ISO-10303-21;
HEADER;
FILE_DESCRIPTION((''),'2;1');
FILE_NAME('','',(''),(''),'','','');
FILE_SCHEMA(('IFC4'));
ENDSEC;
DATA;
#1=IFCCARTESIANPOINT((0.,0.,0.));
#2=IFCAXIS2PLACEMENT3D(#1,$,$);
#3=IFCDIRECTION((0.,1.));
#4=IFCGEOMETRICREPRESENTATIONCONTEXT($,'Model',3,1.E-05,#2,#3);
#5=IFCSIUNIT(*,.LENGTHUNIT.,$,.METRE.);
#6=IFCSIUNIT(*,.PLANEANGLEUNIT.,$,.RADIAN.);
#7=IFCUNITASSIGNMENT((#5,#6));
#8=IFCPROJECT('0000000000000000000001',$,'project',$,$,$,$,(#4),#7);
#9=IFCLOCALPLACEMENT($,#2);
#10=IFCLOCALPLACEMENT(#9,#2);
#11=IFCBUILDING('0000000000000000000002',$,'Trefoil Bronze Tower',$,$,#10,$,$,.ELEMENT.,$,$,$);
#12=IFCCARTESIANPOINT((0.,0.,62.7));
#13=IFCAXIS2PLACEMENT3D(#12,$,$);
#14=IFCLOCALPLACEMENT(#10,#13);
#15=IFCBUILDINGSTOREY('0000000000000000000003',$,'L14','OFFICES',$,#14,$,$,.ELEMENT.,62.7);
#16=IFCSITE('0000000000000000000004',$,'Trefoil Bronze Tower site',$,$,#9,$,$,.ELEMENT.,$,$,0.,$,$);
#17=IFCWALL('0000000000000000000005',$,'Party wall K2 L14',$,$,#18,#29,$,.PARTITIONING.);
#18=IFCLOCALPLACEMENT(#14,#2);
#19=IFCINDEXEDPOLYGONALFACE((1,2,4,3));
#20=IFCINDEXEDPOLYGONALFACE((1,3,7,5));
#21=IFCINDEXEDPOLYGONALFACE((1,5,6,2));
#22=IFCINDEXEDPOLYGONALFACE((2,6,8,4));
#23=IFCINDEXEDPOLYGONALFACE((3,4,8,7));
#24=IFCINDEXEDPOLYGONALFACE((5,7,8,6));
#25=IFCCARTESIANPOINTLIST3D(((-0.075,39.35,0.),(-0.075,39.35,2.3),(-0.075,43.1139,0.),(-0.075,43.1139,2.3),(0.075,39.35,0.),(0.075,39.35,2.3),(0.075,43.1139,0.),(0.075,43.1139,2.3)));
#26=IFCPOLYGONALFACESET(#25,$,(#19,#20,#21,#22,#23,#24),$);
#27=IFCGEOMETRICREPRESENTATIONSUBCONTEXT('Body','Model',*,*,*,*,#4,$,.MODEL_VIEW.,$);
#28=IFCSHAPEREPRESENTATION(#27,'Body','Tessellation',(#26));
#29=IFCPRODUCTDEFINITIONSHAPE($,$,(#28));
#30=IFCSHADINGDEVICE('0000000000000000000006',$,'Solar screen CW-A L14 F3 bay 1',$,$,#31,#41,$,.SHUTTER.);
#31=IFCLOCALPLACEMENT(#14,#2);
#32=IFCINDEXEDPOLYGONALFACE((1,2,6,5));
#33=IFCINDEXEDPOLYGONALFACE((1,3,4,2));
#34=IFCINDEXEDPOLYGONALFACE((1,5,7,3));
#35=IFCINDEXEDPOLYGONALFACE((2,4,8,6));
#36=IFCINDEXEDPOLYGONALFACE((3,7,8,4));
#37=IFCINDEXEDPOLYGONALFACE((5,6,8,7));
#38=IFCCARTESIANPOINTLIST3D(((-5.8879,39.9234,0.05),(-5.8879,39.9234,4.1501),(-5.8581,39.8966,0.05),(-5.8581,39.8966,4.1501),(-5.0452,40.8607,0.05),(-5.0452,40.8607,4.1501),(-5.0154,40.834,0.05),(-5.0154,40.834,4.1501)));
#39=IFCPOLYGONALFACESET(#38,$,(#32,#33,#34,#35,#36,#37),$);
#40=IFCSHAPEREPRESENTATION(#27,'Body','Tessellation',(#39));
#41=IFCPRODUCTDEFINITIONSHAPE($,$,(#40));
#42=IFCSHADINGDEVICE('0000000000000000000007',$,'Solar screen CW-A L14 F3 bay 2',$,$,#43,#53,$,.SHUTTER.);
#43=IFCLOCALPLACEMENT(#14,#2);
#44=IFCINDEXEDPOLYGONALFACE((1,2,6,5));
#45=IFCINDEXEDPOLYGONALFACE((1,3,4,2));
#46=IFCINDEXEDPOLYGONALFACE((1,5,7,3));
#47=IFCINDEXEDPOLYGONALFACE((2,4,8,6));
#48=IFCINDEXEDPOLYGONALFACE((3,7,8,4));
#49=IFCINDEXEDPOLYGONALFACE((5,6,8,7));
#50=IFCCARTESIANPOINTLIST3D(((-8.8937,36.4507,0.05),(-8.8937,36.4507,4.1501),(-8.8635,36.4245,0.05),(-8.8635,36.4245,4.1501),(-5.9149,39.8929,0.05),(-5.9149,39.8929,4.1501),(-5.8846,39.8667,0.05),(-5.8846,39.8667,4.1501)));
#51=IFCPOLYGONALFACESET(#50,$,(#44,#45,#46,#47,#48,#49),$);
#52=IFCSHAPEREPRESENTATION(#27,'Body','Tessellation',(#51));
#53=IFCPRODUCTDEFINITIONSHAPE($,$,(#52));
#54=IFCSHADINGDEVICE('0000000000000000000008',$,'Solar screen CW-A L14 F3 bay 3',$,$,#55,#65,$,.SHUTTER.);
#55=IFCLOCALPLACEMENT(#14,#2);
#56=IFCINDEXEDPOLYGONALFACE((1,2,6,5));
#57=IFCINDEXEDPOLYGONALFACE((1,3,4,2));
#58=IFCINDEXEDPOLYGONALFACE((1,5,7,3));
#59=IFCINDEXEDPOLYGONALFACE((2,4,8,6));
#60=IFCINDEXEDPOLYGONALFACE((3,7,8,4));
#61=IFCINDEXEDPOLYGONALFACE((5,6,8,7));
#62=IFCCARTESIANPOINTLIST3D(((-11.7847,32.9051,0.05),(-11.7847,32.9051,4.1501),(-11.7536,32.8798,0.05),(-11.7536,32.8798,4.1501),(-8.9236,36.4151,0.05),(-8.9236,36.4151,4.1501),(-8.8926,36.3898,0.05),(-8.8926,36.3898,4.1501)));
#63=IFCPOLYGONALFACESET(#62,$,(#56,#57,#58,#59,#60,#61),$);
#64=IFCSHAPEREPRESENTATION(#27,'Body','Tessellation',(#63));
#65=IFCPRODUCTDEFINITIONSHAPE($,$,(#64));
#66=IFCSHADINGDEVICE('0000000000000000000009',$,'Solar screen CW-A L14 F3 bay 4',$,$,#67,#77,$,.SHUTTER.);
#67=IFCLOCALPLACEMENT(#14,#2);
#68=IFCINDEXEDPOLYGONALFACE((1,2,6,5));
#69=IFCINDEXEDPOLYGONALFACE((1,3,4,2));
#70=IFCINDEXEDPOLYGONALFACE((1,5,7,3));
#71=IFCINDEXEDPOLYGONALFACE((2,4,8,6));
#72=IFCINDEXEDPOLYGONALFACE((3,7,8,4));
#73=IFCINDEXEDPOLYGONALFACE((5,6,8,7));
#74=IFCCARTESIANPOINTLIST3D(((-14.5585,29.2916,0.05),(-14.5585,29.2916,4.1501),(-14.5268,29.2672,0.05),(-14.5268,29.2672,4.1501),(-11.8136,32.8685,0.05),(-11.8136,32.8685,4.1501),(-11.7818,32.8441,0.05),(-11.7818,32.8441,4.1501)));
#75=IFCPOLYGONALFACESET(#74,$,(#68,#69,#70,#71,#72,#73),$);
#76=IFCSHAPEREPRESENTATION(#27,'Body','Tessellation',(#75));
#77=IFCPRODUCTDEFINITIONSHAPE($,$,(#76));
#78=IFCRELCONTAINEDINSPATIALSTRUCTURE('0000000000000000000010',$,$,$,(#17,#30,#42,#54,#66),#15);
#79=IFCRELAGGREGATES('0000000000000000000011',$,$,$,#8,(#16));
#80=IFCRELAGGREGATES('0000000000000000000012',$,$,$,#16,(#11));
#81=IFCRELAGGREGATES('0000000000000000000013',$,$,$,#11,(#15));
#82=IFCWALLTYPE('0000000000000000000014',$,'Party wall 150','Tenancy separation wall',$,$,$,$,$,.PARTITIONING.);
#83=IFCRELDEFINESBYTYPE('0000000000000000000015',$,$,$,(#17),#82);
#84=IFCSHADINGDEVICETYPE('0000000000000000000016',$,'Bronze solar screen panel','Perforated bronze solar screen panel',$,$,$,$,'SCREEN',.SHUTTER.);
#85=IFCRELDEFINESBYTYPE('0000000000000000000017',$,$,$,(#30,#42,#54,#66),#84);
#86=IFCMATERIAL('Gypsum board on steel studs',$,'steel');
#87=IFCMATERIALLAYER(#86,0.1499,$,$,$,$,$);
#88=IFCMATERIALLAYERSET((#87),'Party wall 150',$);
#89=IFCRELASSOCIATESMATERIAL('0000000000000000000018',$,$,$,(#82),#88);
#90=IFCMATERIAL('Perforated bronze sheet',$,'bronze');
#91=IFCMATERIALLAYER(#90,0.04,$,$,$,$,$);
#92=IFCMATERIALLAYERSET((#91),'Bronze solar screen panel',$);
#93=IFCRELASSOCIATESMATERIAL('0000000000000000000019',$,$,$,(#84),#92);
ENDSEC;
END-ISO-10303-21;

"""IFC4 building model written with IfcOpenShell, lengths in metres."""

from ifc_helpers import new_model, si_unit, direction, frame, frame_2d, origin, origin_2d, place, context, subcontext, project, spatial, rectangle, extrude, material, layer, layer_set, type_object, element, save


model = new_model("IFC4")

# Units and contexts
model_context = context("Model", 3, precision=1e-05, world=origin(), true_north=direction((0.0, 1.0)))
body_context = subcontext(model_context, "Body", "Model", "MODEL_VIEW")
ifc_project = project(units=[si_unit("LENGTHUNIT", "METRE"), si_unit("PLANEANGLEUNIT", "RADIAN")], contexts=[model_context])

# Site, building, storey
site_placement = place(None, origin())
site = spatial("IfcSite", under=ifc_project, at=site_placement, Name="Trefoil Bronze Tower site", CompositionType="ELEMENT", RefElevation=0.0)
building_placement = place(site_placement, origin())
building = spatial("IfcBuilding", under=site, at=building_placement, Name="Trefoil Bronze Tower", CompositionType="ELEMENT")
storey_placement = place(building_placement, frame((0.0, 0.0, 62.7)))
storey = spatial("IfcBuildingStorey", under=building, at=storey_placement, Name="L14", Description="OFFICES", CompositionType="ELEMENT", Elevation=62.7)

# Wall
ifc_material_1 = material(Name="Gypsum board on steel studs", Category="steel")
ifc_layer_1 = layer(ifc_material_1, 0.1499)
ifc_layer_set_1 = layer_set([ifc_layer_1], Name="Party wall 150")
wall_type = type_object("IfcWallType", Name="Party wall 150", Description="Tenancy separation wall", PredefinedType="PARTITIONING", material=ifc_layer_set_1)
wall_placement = place(storey_placement, frame((0.0, 39.3501, 0.0), z_axis=(0.0, 0.0, 1.0), x_axis=(0.0, 1.0, 0.0)))
element("IfcWall", 1, at=wall_placement, inside=storey, type_object=wall_type, Name="Party wall K2 L14", PredefinedType="PARTITIONING", context=body_context, shape_type="SweptSolid", body=[
    extrude(rectangle(XDim=3.7639, YDim=0.1499, at=frame_2d((1.8818, 0.0))), origin(), (0.0, 0.0, 1.0), 2.3),
])

# Shading devices
ifc_material_2 = material(Name="Perforated bronze sheet", Category="bronze")
ifc_layer_2 = layer(ifc_material_2, 0.04)
ifc_layer_set_2 = layer_set([ifc_layer_2], Name="Bronze solar screen panel")
shading_device_type = type_object("IfcShadingDeviceType", Name="Bronze solar screen panel", Description="Perforated bronze solar screen panel", ElementType="SCREEN", PredefinedType="SHUTTER", material=ifc_layer_set_2)
shading_device_1_placement = place(storey_placement, frame((-5.4517, 40.3787, 0.05), z_axis=(0.0, 0.0, 1.0), x_axis=(-0.668575, -0.743645, 0.0)))
element("IfcShadingDevice", 2, at=shading_device_1_placement, inside=storey, type_object=shading_device_type, Name="Solar screen CW-A L14 F3 bay 1", PredefinedType="SHUTTER", context=body_context, shape_type="SweptSolid", body=[
    extrude(rectangle(XDim=1.2605, YDim=0.04, at=origin_2d()), origin(), (0.0, 0.0, 1.0), 4.1001),
])
shading_device_2_placement = place(storey_placement, frame((-7.3892, 38.1587, 0.05), z_axis=(0.0, 0.0, 1.0), x_axis=(-0.654376, -0.756169, 0.0)))
element("IfcShadingDevice", 3, at=shading_device_2_placement, inside=storey, type_object=shading_device_type, Name="Solar screen CW-A L14 F3 bay 2", PredefinedType="SHUTTER", context=body_context, shape_type="SweptSolid", body=[
    extrude(rectangle(XDim=4.5522, YDim=0.04, at=origin_2d()), origin(), (0.0, 0.0, 1.0), 4.1001),
])
shading_device_3_placement = place(storey_placement, frame((-10.3386, 34.6475, 0.05), z_axis=(0.0, 0.0, 1.0), x_axis=(-0.631811, -0.775123, 0.0)))
element("IfcShadingDevice", 4, at=shading_device_3_placement, inside=storey, type_object=shading_device_type, Name="Solar screen CW-A L14 F3 bay 3", PredefinedType="SHUTTER", context=body_context, shape_type="SweptSolid", body=[
    extrude(rectangle(XDim=4.5283, YDim=0.04, at=origin_2d()), origin(), (0.0, 0.0, 1.0), 4.1001),
])
shading_device_4_placement = place(storey_placement, frame((-13.1702, 31.0679, 0.05), z_axis=(0.0, 0.0, 1.0), x_axis=(-0.608808, -0.793318, 0.0)))
element("IfcShadingDevice", 5, at=shading_device_4_placement, inside=storey, type_object=shading_device_type, Name="Solar screen CW-A L14 F3 bay 4", PredefinedType="SHUTTER", context=body_context, shape_type="SweptSolid", body=[
    extrude(rectangle(XDim=4.5088, YDim=0.04, at=origin_2d()), origin(), (0.0, 0.0, 1.0), 4.1001),
])

save(model, "model.ifc")
